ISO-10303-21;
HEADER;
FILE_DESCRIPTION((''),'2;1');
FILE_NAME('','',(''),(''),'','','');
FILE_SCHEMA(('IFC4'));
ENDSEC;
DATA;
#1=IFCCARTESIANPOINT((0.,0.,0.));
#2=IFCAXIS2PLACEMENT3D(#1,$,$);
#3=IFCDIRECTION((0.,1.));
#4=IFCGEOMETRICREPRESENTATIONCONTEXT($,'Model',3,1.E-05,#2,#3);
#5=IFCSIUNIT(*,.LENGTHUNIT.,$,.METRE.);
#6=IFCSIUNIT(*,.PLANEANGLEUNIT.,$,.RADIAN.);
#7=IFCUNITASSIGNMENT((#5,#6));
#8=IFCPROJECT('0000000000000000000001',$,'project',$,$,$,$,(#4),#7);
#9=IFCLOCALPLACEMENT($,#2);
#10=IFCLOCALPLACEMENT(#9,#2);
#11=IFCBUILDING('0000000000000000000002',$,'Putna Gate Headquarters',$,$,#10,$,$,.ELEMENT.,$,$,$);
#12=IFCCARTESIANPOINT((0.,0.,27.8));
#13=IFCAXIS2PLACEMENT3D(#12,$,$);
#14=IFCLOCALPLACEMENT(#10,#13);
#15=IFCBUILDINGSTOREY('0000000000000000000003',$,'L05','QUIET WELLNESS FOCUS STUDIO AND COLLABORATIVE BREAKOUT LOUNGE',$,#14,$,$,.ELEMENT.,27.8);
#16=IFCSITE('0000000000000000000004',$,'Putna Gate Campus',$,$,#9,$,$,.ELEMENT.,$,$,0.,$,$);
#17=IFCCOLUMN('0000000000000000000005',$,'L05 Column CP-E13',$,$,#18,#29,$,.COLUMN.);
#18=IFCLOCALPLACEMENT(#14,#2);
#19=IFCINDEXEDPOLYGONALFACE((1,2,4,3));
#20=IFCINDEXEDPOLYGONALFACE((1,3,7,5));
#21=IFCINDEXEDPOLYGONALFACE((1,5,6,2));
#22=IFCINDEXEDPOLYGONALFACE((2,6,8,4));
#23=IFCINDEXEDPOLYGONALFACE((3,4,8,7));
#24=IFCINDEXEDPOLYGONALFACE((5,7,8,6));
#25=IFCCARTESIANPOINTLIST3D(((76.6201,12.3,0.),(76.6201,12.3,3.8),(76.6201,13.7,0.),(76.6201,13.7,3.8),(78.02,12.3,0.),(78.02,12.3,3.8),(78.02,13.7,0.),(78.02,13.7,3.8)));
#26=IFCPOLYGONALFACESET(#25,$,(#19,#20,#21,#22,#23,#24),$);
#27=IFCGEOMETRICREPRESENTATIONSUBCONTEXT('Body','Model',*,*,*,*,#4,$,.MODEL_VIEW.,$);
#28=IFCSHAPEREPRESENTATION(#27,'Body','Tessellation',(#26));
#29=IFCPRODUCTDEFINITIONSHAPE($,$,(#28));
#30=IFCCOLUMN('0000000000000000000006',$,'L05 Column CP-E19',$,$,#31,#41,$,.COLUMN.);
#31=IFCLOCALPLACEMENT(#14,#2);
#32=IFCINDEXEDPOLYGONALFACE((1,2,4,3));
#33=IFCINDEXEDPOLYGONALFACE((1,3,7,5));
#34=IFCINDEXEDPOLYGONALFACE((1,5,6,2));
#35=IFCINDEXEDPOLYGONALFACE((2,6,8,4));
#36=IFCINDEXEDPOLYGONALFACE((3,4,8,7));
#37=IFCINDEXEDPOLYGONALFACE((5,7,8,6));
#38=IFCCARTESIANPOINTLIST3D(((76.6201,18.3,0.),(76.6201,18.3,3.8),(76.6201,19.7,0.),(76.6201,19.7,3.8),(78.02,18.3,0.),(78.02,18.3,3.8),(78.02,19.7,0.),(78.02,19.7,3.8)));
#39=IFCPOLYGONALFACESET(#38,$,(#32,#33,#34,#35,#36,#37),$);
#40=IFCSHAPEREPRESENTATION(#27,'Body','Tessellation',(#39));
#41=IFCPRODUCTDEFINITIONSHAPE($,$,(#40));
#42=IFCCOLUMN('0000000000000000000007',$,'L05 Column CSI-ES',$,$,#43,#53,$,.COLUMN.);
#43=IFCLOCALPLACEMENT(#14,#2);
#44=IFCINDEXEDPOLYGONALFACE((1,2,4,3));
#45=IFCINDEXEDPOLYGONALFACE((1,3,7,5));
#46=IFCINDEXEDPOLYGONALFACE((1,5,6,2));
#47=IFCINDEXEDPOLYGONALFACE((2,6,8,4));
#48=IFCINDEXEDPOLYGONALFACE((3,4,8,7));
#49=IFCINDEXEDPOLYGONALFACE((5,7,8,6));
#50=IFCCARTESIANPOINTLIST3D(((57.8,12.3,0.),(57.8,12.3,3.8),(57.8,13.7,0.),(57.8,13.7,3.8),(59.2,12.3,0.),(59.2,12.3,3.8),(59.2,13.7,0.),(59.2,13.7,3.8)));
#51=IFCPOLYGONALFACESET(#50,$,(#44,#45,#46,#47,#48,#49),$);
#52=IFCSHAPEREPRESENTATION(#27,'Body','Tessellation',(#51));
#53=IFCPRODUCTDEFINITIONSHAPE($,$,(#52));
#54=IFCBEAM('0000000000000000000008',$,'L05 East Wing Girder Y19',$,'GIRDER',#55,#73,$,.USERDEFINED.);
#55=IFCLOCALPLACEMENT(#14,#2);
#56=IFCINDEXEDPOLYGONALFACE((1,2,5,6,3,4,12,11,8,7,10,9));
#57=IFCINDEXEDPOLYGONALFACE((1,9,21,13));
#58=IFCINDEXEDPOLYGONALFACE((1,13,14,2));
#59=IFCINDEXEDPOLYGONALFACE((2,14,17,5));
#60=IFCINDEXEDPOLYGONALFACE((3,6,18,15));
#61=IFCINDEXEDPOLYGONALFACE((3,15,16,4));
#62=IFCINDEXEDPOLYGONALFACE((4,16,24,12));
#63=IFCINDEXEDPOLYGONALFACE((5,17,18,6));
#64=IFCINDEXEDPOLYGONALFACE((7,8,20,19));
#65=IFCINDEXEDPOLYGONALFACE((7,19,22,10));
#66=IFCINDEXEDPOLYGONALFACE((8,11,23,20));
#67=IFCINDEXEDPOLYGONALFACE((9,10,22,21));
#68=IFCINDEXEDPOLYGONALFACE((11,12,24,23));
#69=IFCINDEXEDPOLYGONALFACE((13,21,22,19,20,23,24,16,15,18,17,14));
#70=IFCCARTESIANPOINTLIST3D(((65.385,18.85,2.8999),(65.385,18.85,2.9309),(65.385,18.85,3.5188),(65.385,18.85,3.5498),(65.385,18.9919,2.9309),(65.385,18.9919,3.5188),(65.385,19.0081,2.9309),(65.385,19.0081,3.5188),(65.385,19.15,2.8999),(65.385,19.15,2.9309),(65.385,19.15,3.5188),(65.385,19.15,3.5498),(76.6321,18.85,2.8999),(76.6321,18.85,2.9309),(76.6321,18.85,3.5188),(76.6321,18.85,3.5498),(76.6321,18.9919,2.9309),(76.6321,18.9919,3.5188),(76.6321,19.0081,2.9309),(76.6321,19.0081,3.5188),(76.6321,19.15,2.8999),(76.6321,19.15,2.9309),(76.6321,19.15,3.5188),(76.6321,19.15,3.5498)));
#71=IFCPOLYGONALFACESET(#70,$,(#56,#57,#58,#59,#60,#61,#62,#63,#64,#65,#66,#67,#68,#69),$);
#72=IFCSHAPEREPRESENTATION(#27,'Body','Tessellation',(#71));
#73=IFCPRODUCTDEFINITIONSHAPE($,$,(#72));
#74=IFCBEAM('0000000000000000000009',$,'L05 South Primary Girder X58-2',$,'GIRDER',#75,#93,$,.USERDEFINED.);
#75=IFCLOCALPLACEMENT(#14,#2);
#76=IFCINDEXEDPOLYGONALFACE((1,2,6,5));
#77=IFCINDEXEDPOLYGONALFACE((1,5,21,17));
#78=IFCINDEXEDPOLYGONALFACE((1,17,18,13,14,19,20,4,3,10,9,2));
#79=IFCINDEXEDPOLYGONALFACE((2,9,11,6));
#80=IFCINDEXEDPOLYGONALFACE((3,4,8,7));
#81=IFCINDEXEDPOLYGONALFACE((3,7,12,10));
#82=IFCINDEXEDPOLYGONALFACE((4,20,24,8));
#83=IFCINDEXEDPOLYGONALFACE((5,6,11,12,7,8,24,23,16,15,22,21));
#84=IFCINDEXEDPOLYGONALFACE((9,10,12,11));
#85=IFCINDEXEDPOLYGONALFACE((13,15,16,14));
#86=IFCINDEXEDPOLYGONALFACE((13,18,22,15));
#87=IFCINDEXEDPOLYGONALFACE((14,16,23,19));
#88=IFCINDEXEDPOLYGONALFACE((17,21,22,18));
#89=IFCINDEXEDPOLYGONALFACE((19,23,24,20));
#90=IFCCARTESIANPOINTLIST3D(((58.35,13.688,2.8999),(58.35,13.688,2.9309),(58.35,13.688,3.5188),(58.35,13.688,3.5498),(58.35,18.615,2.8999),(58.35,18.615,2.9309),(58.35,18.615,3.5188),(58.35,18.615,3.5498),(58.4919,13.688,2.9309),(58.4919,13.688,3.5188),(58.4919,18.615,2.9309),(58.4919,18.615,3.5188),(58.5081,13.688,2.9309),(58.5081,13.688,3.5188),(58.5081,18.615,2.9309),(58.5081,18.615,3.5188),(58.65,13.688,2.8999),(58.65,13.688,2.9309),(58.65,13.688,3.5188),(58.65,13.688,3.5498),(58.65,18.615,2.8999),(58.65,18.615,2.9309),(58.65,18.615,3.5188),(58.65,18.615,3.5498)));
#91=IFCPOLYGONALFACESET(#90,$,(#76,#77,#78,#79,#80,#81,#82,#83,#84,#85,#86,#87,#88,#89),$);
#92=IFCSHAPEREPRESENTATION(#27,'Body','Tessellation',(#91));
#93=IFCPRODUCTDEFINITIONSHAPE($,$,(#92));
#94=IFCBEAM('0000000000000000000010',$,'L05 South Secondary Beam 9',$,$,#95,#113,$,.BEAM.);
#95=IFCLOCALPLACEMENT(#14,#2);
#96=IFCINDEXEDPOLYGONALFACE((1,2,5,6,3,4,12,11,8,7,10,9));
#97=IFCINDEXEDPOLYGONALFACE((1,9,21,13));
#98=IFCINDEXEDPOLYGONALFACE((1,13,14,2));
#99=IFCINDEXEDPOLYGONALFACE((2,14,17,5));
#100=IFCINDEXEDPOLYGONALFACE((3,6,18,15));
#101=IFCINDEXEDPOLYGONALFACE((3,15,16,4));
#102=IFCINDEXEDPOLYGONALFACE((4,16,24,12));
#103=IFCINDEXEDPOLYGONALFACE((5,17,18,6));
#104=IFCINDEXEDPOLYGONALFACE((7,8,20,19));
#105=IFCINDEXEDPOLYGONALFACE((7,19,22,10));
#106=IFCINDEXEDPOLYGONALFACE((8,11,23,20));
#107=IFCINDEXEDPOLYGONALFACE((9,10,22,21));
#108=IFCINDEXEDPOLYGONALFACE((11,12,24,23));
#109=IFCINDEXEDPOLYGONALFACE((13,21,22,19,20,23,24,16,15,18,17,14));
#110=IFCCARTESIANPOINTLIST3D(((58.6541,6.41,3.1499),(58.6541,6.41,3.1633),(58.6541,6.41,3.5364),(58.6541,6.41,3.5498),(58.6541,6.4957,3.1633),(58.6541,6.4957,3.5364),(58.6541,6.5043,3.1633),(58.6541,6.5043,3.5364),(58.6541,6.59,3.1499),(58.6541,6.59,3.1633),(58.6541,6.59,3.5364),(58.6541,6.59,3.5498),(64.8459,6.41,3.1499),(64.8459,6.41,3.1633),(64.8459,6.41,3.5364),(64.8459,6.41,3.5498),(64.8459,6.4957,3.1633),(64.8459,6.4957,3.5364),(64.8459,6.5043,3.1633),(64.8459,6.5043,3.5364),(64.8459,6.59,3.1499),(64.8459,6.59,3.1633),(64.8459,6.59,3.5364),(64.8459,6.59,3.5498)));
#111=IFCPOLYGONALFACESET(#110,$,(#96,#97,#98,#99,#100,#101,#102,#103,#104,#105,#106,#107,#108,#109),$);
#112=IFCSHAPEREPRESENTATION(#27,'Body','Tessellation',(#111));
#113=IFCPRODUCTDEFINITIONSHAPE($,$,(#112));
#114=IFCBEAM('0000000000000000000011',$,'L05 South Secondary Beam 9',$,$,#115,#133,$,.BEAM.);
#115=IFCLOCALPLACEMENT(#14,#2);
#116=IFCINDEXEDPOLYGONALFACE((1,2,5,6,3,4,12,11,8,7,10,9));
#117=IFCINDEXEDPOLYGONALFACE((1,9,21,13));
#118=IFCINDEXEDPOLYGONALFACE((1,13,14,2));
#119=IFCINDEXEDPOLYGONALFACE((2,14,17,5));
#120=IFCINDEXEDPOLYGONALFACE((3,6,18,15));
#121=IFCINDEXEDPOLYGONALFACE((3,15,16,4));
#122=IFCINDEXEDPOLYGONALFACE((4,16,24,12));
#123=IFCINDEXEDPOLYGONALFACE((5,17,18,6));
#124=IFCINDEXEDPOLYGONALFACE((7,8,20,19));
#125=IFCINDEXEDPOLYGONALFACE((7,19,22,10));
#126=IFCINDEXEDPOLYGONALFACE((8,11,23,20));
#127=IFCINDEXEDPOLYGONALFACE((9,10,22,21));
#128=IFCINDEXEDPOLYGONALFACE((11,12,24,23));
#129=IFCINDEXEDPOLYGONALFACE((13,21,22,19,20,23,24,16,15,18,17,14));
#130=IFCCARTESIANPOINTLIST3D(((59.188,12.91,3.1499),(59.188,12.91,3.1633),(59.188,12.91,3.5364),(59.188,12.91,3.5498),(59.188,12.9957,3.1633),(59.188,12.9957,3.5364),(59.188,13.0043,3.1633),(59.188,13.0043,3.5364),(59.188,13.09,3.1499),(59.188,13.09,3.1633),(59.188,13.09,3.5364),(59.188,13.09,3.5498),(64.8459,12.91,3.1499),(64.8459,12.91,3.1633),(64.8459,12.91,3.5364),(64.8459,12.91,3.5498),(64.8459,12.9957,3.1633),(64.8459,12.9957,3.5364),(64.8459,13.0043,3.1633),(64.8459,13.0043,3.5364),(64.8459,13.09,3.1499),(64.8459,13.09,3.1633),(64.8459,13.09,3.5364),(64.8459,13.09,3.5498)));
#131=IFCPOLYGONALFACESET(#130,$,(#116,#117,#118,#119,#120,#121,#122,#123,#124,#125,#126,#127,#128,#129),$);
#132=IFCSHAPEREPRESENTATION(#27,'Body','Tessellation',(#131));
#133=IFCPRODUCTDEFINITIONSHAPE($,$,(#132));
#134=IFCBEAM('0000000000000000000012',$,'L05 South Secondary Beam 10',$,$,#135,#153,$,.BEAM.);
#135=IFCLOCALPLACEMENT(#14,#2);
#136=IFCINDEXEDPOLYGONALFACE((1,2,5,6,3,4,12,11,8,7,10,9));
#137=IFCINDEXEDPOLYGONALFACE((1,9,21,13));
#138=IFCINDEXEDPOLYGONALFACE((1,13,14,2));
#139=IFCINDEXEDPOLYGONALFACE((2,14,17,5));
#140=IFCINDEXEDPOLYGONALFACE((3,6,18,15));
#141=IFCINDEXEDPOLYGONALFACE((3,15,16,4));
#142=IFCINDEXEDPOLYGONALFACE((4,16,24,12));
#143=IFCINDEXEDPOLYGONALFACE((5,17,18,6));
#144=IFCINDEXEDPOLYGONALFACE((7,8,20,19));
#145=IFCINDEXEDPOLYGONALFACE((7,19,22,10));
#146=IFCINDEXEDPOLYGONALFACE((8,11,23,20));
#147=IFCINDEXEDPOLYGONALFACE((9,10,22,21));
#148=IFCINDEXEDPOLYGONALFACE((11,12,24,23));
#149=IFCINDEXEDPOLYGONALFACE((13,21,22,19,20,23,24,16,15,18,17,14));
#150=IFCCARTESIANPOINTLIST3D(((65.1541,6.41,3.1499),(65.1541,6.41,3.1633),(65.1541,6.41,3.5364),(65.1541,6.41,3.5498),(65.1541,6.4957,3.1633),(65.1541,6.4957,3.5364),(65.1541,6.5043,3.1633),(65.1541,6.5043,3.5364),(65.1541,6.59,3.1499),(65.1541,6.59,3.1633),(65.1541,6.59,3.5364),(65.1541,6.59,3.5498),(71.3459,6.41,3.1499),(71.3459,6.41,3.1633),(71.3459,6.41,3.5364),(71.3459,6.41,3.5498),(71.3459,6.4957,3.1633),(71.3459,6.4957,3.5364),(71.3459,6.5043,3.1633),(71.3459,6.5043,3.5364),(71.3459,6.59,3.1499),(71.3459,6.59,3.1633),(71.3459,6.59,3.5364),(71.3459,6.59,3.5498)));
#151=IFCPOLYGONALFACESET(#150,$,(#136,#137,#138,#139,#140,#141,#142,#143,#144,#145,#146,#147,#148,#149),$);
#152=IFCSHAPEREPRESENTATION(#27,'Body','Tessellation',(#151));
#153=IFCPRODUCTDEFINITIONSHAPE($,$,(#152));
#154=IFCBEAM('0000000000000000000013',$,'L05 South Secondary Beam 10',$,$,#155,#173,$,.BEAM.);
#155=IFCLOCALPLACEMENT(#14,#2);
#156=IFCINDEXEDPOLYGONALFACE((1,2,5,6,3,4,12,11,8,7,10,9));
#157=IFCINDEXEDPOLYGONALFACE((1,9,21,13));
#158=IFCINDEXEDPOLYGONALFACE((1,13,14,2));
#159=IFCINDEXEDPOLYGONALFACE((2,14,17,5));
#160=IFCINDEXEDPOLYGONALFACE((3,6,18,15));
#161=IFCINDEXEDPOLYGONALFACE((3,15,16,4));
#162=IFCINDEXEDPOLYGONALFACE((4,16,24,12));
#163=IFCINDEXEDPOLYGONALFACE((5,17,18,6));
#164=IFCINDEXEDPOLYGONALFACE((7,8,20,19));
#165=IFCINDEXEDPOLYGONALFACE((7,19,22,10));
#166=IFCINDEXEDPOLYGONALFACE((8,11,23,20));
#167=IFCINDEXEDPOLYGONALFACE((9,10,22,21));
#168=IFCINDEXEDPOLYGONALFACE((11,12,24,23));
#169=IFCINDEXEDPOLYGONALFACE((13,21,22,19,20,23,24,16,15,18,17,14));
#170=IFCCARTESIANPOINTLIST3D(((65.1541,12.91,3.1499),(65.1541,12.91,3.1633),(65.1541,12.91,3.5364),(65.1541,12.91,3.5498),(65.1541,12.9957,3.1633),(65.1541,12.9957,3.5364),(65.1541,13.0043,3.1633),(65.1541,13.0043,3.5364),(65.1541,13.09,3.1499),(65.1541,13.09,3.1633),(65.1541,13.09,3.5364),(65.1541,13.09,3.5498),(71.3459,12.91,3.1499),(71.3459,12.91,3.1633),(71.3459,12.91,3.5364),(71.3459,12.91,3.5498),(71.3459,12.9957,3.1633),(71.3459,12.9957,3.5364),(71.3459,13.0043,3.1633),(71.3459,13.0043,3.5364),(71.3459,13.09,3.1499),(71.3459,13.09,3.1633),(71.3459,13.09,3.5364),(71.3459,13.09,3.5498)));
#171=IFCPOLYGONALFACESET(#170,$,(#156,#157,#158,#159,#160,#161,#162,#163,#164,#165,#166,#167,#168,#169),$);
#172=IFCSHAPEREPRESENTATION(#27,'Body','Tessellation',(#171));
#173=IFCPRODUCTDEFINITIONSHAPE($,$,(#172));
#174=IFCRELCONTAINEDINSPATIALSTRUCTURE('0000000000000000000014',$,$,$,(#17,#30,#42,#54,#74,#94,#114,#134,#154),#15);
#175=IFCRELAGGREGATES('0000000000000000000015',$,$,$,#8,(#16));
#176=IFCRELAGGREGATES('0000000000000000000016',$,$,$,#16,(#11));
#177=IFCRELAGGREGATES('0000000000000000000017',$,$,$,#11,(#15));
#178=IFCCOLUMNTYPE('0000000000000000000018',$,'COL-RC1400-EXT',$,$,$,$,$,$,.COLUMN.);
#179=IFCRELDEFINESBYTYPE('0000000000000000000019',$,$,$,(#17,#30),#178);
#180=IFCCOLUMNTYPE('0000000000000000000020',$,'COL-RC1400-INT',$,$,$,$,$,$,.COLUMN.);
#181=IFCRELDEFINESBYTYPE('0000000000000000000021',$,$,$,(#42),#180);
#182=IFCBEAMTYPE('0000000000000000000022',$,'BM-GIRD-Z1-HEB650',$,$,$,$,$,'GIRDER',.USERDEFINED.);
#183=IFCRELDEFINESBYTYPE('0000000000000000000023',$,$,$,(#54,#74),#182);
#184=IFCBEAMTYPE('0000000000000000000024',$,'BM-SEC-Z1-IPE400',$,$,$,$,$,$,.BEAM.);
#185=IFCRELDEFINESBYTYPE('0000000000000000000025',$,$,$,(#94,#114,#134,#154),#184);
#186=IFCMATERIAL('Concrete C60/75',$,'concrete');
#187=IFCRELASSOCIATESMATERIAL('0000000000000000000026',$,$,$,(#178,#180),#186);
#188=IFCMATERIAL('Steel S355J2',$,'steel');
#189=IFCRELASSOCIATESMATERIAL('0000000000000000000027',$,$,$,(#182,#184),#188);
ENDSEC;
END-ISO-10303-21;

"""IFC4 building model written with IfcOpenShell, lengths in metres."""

from ifc_helpers import new_model, si_unit, direction, frame, origin, origin_2d, place, context, subcontext, project, spatial, rectangle, i_section, extrude, material, material_profile, profile_set, type_object, element, save


model = new_model("IFC4")

# Units and contexts
model_context = context("Model", 3, precision=1e-05, world=origin(), true_north=direction((0.0, 1.0)))
body_context = subcontext(model_context, "Body", "Model", "MODEL_VIEW")
ifc_project = project(units=[si_unit("LENGTHUNIT", "METRE"), si_unit("PLANEANGLEUNIT", "RADIAN")], contexts=[model_context])

# Site, building, storey
site_placement = place(None, origin())
site = spatial("IfcSite", under=ifc_project, at=site_placement, Name="Putna Gate Campus", CompositionType="ELEMENT", RefElevation=0.0)
building_placement = place(site_placement, origin())
building = spatial("IfcBuilding", under=site, at=building_placement, Name="Putna Gate Headquarters", CompositionType="ELEMENT")
storey_placement = place(building_placement, frame((0.0, 0.0, 27.8)))
storey = spatial("IfcBuildingStorey", under=building, at=storey_placement, Name="L05", Description="QUIET WELLNESS FOCUS STUDIO AND COLLABORATIVE BREAKOUT LOUNGE", CompositionType="ELEMENT", Elevation=27.8)

# Columns
ifc_material_1 = material(Name="Concrete C60/75", Category="concrete")
ifc_material_profile_1 = material_profile(ifc_material_1, rectangle(XDim=1.3999, YDim=1.3999, at=origin_2d()), Name="Concrete C60/75")
ifc_profile_set_1 = profile_set([ifc_material_profile_1], Name="Concrete C60/75")
column_type_1 = type_object("IfcColumnType", Name="COL-RC1400-EXT", PredefinedType="COLUMN", material=ifc_profile_set_1)
for number, where, z_axis, x_axis, name in (
    (1, (77.3201, 13.0, 0.0), (0.0, 0.0, 1.0), (1.0, 0.0, 0.0), "L05 Column CP-E13"),
    (2, (77.3201, 19.0, 0.0), (0.0, 0.0, 1.0), (1.0, 0.0, 0.0), "L05 Column CP-E19"),
):
    element("IfcColumn", number, at=place(storey_placement, frame(where, z_axis=z_axis, x_axis=x_axis)), inside=storey, type_object=column_type_1, Name=name, PredefinedType="COLUMN", context=body_context, shape_type="SweptSolid", body=[
        extrude(rectangle(XDim=1.3999, YDim=1.3999, at=origin_2d()), origin(), (0.0, 0.0, 1.0), 3.8),
    ])
ifc_material_profile_2 = material_profile(ifc_material_1, rectangle(XDim=1.3999, YDim=1.3999, at=origin_2d()), Name="Concrete C60/75")
ifc_profile_set_2 = profile_set([ifc_material_profile_2], Name="Concrete C60/75")
column_type_2 = type_object("IfcColumnType", Name="COL-RC1400-INT", PredefinedType="COLUMN", material=ifc_profile_set_2)
column_placement = place(storey_placement, frame((58.5, 13.0, 0.0), z_axis=(0.0, 0.0, 1.0), x_axis=(1.0, 0.0, 0.0)))
element("IfcColumn", 3, at=column_placement, inside=storey, type_object=column_type_2, Name="L05 Column CSI-ES", PredefinedType="COLUMN", context=body_context, shape_type="SweptSolid", body=[
    extrude(rectangle(XDim=1.3999, YDim=1.3999, at=origin_2d()), origin(), (0.0, 0.0, 1.0), 3.8),
])

# Beams
ifc_material_2 = material(Name="Steel S355J2", Category="steel")
ifc_material_profile_3 = material_profile(ifc_material_2, i_section(OverallWidth=0.3, OverallDepth=0.6499, WebThickness=0.0161, FlangeThickness=0.031, at=origin_2d()), Name="Steel S355J2")
ifc_profile_set_3 = profile_set([ifc_material_profile_3], Name="Steel S355J2")
beam_type_1 = type_object("IfcBeamType", Name="BM-GIRD-Z1-HEB650", ElementType="GIRDER", PredefinedType="USERDEFINED", material=ifc_profile_set_3)
beam_1_placement = place(storey_placement, frame((65.385, 19.0, 3.2249), z_axis=(1.0, 0.0, 0.0), x_axis=(0.0, 1.0, 0.0)))
element("IfcBeam", 4, at=beam_1_placement, inside=storey, type_object=beam_type_1, Name="L05 East Wing Girder Y19", ObjectType="GIRDER", PredefinedType="USERDEFINED", context=body_context, shape_type="SweptSolid", body=[
    extrude(i_section(OverallWidth=0.3, OverallDepth=0.6499, WebThickness=0.0161, FlangeThickness=0.031, at=origin_2d()), origin(), (0.0, 0.0, 1.0), 11.2471),
])
beam_2_placement = place(storey_placement, frame((58.5, 13.688, 3.2249), z_axis=(0.0, 1.0, 0.0), x_axis=(-1.0, 0.0, 0.0)))
element("IfcBeam", 5, at=beam_2_placement, inside=storey, type_object=beam_type_1, Name="L05 South Primary Girder X58-2", ObjectType="GIRDER", PredefinedType="USERDEFINED", context=body_context, shape_type="SweptSolid", body=[
    extrude(i_section(OverallWidth=0.3, OverallDepth=0.6499, WebThickness=0.0161, FlangeThickness=0.031, at=origin_2d()), origin(), (0.0, 0.0, 1.0), 4.927),
])
ifc_material_profile_4 = material_profile(ifc_material_2, i_section(OverallWidth=0.1799, OverallDepth=0.3999, WebThickness=0.0085, FlangeThickness=0.0134, at=origin_2d()), Name="Steel S355J2")
ifc_profile_set_4 = profile_set([ifc_material_profile_4], Name="Steel S355J2")
beam_type_2 = type_object("IfcBeamType", Name="BM-SEC-Z1-IPE400", PredefinedType="BEAM", material=ifc_profile_set_4)
beam_3_placement = place(storey_placement, frame((58.6541, 6.5, 3.3499), z_axis=(1.0, 0.0, 0.0), x_axis=(0.0, 1.0, 0.0)))
element("IfcBeam", 6, at=beam_3_placement, inside=storey, type_object=beam_type_2, Name="L05 South Secondary Beam 9", PredefinedType="BEAM", context=body_context, shape_type="SweptSolid", body=[
    extrude(i_section(OverallWidth=0.1799, OverallDepth=0.3999, WebThickness=0.0085, FlangeThickness=0.0134, at=origin_2d()), origin(), (0.0, 0.0, 1.0), 6.1919),
])
beam_4_placement = place(storey_placement, frame((59.188, 13.0, 3.3499), z_axis=(1.0, 0.0, 0.0), x_axis=(0.0, 1.0, 0.0)))
element("IfcBeam", 7, at=beam_4_placement, inside=storey, type_object=beam_type_2, Name="L05 South Secondary Beam 9", PredefinedType="BEAM", context=body_context, shape_type="SweptSolid", body=[
    extrude(i_section(OverallWidth=0.1799, OverallDepth=0.3999, WebThickness=0.0085, FlangeThickness=0.0134, at=origin_2d()), origin(), (0.0, 0.0, 1.0), 5.658),
])
for number, where, z_axis, x_axis, name in (
    (8, (65.1541, 6.5, 3.3499), (1.0, 0.0, 0.0), (0.0, 1.0, 0.0), "L05 South Secondary Beam 10"),
    (9, (65.1541, 13.0, 3.3499), (1.0, 0.0, 0.0), (0.0, 1.0, 0.0), "L05 South Secondary Beam 10"),
):
    element("IfcBeam", number, at=place(storey_placement, frame(where, z_axis=z_axis, x_axis=x_axis)), inside=storey, type_object=beam_type_2, Name=name, PredefinedType="BEAM", context=body_context, shape_type="SweptSolid", body=[
        extrude(i_section(OverallWidth=0.1799, OverallDepth=0.3999, WebThickness=0.0085, FlangeThickness=0.0134, at=origin_2d()), origin(), (0.0, 0.0, 1.0), 6.1919),
    ])

save(model, "model.ifc")
